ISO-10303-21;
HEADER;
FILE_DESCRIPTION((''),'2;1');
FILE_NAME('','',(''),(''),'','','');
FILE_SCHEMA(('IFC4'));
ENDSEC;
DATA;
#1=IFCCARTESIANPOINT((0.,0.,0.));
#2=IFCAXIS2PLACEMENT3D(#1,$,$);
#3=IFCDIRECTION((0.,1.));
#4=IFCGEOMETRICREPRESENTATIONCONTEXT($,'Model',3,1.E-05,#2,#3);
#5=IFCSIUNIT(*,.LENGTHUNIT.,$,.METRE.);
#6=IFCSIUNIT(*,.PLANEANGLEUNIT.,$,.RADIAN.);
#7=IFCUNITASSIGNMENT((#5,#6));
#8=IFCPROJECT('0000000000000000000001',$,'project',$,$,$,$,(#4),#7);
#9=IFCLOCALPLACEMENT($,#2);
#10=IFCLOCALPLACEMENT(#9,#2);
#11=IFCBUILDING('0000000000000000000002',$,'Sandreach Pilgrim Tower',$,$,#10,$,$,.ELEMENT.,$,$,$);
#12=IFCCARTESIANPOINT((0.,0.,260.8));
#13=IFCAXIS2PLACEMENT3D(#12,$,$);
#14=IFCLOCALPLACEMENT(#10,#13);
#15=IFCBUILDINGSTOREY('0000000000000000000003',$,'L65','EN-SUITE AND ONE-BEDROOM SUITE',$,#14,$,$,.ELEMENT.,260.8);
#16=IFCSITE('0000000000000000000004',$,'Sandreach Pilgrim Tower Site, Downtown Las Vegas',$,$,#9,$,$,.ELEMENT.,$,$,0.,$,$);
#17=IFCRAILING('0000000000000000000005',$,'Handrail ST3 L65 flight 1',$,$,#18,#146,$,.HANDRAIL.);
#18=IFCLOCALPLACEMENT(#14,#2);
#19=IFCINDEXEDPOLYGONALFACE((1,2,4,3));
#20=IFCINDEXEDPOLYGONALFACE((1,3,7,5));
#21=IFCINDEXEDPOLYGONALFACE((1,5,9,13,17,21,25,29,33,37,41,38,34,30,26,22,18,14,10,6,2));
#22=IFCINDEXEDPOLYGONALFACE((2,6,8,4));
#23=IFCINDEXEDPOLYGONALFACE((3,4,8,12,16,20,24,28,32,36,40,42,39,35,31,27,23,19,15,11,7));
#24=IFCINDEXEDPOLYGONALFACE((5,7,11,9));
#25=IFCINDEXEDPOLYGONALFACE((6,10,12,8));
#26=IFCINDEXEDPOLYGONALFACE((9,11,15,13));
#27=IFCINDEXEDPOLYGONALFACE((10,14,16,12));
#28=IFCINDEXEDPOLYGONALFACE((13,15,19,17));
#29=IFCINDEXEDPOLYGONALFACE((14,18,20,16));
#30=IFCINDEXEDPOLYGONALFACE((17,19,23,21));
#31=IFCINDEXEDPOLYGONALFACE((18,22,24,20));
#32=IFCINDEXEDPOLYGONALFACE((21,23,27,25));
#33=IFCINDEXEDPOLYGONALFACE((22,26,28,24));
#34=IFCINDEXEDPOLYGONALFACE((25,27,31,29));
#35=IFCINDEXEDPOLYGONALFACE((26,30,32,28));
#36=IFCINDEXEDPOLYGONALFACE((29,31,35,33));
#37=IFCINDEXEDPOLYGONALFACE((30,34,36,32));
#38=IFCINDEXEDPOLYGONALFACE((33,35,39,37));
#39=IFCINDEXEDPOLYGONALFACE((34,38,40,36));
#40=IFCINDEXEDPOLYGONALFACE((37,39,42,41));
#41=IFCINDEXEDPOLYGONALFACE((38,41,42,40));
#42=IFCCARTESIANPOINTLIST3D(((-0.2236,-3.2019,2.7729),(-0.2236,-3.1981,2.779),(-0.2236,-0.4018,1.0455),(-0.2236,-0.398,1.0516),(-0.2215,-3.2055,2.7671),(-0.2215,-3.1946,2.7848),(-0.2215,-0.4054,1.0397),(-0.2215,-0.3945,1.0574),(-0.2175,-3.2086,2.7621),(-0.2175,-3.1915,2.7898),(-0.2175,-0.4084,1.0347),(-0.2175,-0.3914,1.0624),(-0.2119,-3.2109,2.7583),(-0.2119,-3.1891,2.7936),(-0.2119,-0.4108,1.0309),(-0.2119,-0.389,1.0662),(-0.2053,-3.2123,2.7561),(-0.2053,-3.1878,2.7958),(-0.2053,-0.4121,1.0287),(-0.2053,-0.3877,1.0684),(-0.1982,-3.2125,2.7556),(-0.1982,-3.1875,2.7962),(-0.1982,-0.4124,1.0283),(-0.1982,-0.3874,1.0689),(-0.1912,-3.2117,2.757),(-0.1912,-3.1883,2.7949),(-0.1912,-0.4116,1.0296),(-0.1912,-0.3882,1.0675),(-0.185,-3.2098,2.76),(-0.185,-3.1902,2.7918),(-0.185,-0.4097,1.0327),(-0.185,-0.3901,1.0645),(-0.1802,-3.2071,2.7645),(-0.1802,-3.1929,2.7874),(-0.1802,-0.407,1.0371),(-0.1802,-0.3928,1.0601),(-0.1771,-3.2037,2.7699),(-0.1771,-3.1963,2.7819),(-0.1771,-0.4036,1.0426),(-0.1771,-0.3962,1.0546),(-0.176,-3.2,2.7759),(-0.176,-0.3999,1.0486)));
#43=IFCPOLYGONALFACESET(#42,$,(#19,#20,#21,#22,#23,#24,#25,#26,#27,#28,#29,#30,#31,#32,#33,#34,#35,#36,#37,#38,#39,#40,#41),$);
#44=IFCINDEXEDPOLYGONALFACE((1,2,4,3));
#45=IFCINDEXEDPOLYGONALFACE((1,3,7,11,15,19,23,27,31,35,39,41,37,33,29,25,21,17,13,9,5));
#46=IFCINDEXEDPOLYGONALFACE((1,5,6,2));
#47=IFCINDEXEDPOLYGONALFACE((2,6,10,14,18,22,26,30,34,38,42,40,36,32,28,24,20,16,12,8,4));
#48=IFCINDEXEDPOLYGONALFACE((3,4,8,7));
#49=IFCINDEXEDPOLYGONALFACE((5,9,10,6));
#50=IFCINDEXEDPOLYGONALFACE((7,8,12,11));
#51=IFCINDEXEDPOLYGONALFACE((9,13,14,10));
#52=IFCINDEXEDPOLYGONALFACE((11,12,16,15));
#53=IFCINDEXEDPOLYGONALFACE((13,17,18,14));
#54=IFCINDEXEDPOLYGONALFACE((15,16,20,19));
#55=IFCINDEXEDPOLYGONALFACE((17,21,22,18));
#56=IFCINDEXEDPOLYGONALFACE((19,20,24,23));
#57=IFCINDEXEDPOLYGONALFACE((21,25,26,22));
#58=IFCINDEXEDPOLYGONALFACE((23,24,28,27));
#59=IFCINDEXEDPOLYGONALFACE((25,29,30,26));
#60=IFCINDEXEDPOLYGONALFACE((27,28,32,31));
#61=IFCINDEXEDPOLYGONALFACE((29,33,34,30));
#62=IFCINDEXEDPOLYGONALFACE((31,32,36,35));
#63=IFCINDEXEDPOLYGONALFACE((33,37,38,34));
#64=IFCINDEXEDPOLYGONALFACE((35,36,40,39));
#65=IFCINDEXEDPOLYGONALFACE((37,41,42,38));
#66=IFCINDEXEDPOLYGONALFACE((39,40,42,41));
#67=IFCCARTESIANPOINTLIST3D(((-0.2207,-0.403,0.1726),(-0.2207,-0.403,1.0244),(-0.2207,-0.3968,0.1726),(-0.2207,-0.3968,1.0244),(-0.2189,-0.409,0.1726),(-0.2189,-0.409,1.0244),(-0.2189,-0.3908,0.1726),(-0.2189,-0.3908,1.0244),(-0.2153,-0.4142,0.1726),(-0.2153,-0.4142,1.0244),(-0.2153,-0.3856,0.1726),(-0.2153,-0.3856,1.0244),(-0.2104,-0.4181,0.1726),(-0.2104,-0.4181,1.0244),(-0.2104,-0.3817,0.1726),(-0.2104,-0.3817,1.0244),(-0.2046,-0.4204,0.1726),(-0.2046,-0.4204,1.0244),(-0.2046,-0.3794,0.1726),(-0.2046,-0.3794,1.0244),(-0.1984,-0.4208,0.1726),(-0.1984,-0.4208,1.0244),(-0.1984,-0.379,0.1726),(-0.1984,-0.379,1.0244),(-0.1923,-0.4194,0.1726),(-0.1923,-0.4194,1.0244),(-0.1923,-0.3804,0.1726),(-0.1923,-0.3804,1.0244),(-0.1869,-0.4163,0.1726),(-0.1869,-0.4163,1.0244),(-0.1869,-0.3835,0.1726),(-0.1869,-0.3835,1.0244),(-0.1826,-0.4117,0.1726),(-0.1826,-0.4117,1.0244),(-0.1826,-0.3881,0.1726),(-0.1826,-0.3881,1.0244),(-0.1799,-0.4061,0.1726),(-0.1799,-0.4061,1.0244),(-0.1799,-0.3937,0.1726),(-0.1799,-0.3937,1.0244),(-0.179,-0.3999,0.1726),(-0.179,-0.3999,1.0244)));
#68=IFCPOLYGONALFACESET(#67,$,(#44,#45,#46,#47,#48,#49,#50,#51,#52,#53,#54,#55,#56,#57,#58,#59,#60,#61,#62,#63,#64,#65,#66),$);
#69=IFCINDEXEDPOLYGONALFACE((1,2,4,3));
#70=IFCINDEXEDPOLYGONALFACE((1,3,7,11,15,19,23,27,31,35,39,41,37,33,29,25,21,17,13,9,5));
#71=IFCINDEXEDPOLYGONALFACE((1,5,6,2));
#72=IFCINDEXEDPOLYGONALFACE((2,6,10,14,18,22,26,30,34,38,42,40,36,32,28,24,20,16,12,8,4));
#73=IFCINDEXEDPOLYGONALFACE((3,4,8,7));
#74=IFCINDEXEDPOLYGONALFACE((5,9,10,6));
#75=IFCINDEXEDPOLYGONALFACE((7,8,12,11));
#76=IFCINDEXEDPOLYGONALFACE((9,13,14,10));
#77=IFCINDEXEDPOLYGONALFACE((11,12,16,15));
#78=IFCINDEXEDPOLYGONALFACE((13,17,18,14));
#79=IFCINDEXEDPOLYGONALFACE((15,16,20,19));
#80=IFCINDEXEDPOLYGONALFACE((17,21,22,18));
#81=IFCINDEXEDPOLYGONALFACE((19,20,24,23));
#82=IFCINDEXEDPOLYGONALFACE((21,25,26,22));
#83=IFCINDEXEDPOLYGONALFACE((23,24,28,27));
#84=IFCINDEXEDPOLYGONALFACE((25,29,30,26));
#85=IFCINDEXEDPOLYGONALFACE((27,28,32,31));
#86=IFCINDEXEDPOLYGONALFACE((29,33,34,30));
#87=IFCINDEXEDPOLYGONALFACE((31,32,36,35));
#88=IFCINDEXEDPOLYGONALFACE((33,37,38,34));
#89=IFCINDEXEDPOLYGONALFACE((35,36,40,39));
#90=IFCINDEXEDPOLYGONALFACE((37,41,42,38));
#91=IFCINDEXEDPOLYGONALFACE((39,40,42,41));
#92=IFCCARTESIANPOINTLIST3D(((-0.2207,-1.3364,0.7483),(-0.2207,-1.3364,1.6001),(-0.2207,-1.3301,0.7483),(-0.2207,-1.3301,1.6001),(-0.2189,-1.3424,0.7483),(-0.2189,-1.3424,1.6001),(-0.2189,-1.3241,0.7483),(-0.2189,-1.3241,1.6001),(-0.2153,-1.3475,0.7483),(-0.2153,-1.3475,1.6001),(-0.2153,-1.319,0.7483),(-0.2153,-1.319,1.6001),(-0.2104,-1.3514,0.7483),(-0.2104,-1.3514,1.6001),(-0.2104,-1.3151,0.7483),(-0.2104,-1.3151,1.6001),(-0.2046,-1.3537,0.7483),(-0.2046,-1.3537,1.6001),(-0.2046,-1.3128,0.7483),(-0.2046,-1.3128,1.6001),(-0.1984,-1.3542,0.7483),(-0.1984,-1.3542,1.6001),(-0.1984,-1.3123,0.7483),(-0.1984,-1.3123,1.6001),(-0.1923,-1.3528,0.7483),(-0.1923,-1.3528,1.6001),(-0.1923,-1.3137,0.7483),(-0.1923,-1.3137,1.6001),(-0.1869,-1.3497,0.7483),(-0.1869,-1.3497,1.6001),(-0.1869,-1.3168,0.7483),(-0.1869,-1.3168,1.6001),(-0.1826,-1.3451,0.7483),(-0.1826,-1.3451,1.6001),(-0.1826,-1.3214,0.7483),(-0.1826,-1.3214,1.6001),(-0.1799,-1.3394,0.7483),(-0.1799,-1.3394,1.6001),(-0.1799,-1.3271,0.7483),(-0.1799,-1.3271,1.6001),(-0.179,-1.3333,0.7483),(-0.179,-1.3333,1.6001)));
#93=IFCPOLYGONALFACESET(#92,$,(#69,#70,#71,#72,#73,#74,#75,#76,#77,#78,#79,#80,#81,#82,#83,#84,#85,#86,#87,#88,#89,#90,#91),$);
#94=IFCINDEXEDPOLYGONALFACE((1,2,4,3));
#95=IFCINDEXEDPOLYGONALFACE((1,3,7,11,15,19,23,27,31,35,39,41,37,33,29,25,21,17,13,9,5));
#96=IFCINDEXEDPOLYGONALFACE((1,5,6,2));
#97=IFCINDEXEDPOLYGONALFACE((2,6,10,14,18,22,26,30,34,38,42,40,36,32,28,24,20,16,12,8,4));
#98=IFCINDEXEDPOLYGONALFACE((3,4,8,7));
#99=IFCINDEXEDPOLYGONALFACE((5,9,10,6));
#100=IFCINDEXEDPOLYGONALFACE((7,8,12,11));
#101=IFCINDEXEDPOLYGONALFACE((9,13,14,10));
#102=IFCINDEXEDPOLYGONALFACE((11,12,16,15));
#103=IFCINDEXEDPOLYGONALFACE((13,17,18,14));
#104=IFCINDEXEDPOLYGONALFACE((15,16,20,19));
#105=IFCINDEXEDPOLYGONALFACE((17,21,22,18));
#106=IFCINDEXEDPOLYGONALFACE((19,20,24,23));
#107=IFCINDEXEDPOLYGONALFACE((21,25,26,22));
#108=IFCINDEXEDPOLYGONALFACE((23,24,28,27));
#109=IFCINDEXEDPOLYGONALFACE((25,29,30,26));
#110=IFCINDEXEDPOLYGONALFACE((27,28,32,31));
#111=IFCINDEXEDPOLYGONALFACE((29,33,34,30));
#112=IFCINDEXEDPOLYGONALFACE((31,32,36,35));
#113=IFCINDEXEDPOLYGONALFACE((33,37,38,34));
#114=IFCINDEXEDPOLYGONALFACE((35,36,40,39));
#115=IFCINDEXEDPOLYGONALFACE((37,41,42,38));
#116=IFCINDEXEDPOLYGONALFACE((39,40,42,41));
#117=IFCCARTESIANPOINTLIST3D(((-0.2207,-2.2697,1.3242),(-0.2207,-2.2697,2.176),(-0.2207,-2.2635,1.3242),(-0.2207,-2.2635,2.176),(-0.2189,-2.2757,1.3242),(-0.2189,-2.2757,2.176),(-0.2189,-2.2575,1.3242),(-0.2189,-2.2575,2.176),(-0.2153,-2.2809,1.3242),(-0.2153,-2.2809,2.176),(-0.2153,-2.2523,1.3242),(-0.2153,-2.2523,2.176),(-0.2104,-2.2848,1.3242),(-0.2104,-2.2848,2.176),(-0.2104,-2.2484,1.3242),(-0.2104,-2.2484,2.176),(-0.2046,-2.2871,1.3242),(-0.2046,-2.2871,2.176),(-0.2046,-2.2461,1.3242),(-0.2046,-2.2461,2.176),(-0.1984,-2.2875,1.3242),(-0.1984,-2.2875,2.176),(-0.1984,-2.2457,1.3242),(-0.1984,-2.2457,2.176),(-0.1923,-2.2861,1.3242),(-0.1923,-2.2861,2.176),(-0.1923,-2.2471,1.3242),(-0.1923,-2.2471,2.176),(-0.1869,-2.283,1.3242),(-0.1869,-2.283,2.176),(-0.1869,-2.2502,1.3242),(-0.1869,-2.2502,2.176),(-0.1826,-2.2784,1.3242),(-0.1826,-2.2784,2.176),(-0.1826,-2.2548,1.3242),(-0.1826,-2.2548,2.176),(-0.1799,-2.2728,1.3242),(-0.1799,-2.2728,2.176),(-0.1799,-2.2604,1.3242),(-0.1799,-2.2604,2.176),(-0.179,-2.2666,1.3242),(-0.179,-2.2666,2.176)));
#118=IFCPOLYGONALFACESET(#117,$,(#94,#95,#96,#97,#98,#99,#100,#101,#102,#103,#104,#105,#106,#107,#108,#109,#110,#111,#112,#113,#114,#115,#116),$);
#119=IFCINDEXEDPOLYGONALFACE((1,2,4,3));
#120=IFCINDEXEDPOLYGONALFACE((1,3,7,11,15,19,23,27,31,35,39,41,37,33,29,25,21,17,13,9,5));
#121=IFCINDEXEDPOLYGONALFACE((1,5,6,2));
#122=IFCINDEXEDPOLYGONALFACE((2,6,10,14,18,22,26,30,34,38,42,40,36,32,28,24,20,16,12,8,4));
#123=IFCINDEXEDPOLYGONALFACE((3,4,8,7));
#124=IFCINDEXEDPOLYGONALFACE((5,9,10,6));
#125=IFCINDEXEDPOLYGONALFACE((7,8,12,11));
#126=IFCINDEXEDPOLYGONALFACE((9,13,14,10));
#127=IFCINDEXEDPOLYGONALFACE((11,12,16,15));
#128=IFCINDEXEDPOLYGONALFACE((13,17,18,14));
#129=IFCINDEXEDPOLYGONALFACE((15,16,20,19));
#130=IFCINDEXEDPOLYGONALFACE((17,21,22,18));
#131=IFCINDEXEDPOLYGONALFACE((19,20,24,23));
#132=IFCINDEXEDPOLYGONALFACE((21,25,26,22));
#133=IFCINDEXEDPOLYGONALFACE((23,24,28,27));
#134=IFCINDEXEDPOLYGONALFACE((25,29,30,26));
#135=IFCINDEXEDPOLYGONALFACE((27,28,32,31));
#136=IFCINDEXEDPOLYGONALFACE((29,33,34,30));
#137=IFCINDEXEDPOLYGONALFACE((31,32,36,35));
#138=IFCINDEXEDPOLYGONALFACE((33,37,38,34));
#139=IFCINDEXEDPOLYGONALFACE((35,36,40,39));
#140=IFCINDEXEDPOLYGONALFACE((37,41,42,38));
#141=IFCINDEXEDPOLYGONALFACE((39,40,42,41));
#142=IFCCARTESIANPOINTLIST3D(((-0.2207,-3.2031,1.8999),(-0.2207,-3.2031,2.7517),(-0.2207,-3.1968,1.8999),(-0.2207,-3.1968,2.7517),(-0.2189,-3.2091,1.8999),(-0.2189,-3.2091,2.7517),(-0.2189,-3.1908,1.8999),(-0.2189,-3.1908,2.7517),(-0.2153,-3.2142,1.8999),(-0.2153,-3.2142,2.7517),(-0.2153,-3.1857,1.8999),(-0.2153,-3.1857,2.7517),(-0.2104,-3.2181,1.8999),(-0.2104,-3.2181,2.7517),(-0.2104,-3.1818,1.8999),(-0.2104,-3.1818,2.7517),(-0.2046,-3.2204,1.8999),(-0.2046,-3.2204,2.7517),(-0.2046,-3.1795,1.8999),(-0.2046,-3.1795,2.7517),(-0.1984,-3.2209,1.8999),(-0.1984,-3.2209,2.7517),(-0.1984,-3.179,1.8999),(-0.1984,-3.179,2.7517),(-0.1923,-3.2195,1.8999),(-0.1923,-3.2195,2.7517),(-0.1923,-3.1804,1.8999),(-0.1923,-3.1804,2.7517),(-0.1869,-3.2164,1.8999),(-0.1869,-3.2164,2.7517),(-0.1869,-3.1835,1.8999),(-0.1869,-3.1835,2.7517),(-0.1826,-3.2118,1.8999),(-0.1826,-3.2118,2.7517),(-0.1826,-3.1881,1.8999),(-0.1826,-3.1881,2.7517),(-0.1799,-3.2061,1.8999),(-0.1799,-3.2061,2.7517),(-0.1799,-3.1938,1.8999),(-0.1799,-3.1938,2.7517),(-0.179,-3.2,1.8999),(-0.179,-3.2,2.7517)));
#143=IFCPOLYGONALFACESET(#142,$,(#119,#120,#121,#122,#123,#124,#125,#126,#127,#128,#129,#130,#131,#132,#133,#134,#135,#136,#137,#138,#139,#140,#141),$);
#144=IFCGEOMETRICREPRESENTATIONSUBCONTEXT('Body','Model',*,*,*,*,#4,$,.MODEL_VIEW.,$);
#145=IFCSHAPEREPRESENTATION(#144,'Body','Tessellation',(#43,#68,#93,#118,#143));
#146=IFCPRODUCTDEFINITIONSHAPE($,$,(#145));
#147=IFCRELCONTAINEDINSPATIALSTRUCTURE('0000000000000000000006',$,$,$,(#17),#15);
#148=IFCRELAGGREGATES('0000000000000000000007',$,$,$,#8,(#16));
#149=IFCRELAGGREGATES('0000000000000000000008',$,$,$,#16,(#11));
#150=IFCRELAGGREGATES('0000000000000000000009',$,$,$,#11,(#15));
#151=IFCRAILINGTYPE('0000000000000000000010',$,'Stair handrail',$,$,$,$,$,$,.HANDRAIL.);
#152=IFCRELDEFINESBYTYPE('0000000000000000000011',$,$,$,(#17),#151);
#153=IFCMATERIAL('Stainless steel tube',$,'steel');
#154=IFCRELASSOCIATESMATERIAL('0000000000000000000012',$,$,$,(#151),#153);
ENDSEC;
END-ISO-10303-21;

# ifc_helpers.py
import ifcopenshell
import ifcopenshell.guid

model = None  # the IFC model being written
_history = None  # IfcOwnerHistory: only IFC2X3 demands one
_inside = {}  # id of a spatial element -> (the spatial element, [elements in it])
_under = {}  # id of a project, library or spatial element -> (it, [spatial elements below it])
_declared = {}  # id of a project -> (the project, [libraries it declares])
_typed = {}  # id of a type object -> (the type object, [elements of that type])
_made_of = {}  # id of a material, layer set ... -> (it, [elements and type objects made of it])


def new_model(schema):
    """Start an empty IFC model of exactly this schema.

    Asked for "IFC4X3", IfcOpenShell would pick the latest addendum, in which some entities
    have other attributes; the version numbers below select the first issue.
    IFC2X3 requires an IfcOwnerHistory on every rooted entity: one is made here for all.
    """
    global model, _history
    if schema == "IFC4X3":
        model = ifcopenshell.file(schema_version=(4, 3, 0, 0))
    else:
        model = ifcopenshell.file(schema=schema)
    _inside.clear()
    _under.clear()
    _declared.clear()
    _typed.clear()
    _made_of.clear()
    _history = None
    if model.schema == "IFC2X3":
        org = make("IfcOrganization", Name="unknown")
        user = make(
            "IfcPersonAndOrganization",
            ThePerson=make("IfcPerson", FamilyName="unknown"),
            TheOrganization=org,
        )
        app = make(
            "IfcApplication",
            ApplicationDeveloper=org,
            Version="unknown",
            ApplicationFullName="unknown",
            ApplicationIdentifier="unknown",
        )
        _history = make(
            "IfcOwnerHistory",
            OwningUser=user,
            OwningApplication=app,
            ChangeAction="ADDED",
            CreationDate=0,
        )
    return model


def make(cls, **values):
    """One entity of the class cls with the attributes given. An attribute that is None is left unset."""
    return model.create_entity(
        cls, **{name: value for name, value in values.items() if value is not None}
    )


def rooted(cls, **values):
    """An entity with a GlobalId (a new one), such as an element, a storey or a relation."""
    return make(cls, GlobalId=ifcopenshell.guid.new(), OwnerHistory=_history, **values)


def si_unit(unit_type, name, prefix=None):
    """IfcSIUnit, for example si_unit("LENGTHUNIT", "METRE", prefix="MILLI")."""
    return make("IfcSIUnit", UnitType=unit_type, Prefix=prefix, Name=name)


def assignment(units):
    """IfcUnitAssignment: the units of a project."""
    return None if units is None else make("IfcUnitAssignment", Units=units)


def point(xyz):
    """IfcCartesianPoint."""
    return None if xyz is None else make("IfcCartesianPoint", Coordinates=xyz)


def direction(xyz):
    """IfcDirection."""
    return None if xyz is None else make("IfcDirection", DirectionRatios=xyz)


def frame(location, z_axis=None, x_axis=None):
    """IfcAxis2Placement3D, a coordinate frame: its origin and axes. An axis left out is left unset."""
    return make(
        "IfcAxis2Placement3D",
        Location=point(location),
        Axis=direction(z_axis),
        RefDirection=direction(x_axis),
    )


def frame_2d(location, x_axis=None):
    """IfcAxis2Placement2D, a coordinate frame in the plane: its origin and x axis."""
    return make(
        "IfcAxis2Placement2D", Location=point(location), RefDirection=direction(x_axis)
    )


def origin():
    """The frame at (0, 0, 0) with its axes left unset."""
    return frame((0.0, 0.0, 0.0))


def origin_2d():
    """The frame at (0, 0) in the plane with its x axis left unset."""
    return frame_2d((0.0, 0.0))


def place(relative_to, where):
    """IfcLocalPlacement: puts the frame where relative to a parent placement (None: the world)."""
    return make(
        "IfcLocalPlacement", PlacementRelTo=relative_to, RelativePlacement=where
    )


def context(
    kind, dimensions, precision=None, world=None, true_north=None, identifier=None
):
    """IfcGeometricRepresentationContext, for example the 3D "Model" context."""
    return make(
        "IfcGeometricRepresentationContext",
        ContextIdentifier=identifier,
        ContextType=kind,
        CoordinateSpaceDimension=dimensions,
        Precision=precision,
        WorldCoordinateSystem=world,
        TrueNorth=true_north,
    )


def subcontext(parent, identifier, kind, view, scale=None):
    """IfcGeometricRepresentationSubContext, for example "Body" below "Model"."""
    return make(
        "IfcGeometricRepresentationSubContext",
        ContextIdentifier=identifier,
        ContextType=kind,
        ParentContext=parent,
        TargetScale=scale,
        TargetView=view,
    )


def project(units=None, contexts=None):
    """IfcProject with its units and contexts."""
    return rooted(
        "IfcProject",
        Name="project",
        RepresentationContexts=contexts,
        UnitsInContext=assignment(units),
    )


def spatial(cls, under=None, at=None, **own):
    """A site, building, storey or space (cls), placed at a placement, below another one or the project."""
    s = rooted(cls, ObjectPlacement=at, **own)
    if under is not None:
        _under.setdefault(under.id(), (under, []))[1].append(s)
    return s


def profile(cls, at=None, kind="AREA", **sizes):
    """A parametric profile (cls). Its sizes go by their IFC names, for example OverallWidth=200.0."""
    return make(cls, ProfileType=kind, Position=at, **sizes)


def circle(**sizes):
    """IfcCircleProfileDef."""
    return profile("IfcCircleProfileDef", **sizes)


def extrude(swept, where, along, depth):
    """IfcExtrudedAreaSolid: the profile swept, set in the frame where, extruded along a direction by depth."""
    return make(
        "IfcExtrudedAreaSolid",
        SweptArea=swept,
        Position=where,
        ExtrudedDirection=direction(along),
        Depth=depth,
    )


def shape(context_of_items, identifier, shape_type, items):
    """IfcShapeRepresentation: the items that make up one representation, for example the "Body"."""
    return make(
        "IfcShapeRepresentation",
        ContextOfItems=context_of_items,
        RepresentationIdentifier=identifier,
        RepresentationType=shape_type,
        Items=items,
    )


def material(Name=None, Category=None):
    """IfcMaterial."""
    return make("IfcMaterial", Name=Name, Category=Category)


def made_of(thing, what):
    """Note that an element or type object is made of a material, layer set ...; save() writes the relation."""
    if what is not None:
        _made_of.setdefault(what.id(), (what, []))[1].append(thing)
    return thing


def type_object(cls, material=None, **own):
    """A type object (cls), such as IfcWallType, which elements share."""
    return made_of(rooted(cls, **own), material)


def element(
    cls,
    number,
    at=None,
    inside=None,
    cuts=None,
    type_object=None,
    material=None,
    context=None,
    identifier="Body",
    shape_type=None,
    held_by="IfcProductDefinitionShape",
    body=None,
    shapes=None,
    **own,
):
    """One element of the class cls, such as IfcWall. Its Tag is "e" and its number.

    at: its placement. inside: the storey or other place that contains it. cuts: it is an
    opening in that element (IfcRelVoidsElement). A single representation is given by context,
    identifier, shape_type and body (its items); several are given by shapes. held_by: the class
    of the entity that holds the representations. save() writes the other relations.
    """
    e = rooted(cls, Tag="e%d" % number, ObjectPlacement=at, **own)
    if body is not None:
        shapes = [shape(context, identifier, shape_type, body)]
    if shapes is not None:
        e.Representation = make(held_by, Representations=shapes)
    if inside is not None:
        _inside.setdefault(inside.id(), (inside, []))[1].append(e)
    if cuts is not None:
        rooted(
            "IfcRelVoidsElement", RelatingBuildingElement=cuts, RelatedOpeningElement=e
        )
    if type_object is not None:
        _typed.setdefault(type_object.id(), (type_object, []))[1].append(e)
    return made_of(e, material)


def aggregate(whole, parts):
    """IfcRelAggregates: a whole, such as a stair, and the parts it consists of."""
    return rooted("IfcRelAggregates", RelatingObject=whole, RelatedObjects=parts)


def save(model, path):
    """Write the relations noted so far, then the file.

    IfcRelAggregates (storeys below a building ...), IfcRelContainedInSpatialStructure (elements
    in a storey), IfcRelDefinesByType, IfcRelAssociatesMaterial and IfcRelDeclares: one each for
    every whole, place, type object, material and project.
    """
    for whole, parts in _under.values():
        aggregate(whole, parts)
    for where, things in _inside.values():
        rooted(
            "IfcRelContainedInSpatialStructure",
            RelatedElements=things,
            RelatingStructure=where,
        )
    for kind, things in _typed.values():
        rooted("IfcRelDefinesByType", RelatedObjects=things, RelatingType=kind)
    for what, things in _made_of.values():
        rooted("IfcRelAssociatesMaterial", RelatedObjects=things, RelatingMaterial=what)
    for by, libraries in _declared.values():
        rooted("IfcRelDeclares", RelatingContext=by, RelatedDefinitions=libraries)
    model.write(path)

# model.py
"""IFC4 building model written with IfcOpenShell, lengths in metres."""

from ifc_helpers import new_model, si_unit, direction, frame, origin, origin_2d, place, context, subcontext, project, spatial, circle, extrude, material, type_object, element, save


model = new_model("IFC4")

# Units and contexts
model_context = context("Model", 3, precision=1e-05, world=origin(), true_north=direction((0.0, 1.0)))
body_context = subcontext(model_context, "Body", "Model", "MODEL_VIEW")
ifc_project = project(units=[si_unit("LENGTHUNIT", "METRE"), si_unit("PLANEANGLEUNIT", "RADIAN")], contexts=[model_context])

# Site, building, storey
site_placement = place(None, origin())
site = spatial("IfcSite", under=ifc_project, at=site_placement, Name="Sandreach Pilgrim Tower Site, Downtown Las Vegas", CompositionType="ELEMENT", RefElevation=0.0)
building_placement = place(site_placement, origin())
building = spatial("IfcBuilding", under=site, at=building_placement, Name="Sandreach Pilgrim Tower", CompositionType="ELEMENT")
storey_placement = place(building_placement, frame((0.0, 0.0, 260.8)))
storey = spatial("IfcBuildingStorey", under=building, at=storey_placement, Name="L65", Description="EN-SUITE AND ONE-BEDROOM SUITE", CompositionType="ELEMENT", Elevation=260.8)

# Railing
ifc_material_1 = material(Name="Stainless steel tube", Category="steel")
railing_type = type_object("IfcRailingType", Name="Stair handrail", PredefinedType="HANDRAIL", material=ifc_material_1)
for number, where, name in (
    (1, (-0.2, -0.3999, 0.1726), "Handrail ST3 L65 flight 1"),
):
    element("IfcRailing", number, at=place(storey_placement, frame(where)), inside=storey, type_object=railing_type, Name=name, PredefinedType="HANDRAIL", context=body_context, shape_type="SweptSolid", body=[
        extrude(circle(Radius=0.0239, at=origin_2d()), frame((0.0, 0.0, 0.876), z_axis=(0.0, -0.85109, 0.52502), x_axis=(1.0, 0.0, 0.0)), (0.0, 0.0, 1.0), 3.29),
        extrude(circle(Radius=0.021, at=origin_2d()), origin(), (0.0, 0.0, 1.0), 0.8518),
        extrude(circle(Radius=0.021, at=origin_2d()), frame((0.0, -0.9333, 0.5757)), (0.0, 0.0, 1.0), 0.8518),
        extrude(circle(Radius=0.021, at=origin_2d()), frame((0.0, -1.8667, 1.1516)), (0.0, 0.0, 1.0), 0.8518),
        extrude(circle(Radius=0.021, at=origin_2d()), frame((0.0, -2.8, 1.7273)), (0.0, 0.0, 1.0), 0.8518),
    ])

save(model, "model.ifc")
